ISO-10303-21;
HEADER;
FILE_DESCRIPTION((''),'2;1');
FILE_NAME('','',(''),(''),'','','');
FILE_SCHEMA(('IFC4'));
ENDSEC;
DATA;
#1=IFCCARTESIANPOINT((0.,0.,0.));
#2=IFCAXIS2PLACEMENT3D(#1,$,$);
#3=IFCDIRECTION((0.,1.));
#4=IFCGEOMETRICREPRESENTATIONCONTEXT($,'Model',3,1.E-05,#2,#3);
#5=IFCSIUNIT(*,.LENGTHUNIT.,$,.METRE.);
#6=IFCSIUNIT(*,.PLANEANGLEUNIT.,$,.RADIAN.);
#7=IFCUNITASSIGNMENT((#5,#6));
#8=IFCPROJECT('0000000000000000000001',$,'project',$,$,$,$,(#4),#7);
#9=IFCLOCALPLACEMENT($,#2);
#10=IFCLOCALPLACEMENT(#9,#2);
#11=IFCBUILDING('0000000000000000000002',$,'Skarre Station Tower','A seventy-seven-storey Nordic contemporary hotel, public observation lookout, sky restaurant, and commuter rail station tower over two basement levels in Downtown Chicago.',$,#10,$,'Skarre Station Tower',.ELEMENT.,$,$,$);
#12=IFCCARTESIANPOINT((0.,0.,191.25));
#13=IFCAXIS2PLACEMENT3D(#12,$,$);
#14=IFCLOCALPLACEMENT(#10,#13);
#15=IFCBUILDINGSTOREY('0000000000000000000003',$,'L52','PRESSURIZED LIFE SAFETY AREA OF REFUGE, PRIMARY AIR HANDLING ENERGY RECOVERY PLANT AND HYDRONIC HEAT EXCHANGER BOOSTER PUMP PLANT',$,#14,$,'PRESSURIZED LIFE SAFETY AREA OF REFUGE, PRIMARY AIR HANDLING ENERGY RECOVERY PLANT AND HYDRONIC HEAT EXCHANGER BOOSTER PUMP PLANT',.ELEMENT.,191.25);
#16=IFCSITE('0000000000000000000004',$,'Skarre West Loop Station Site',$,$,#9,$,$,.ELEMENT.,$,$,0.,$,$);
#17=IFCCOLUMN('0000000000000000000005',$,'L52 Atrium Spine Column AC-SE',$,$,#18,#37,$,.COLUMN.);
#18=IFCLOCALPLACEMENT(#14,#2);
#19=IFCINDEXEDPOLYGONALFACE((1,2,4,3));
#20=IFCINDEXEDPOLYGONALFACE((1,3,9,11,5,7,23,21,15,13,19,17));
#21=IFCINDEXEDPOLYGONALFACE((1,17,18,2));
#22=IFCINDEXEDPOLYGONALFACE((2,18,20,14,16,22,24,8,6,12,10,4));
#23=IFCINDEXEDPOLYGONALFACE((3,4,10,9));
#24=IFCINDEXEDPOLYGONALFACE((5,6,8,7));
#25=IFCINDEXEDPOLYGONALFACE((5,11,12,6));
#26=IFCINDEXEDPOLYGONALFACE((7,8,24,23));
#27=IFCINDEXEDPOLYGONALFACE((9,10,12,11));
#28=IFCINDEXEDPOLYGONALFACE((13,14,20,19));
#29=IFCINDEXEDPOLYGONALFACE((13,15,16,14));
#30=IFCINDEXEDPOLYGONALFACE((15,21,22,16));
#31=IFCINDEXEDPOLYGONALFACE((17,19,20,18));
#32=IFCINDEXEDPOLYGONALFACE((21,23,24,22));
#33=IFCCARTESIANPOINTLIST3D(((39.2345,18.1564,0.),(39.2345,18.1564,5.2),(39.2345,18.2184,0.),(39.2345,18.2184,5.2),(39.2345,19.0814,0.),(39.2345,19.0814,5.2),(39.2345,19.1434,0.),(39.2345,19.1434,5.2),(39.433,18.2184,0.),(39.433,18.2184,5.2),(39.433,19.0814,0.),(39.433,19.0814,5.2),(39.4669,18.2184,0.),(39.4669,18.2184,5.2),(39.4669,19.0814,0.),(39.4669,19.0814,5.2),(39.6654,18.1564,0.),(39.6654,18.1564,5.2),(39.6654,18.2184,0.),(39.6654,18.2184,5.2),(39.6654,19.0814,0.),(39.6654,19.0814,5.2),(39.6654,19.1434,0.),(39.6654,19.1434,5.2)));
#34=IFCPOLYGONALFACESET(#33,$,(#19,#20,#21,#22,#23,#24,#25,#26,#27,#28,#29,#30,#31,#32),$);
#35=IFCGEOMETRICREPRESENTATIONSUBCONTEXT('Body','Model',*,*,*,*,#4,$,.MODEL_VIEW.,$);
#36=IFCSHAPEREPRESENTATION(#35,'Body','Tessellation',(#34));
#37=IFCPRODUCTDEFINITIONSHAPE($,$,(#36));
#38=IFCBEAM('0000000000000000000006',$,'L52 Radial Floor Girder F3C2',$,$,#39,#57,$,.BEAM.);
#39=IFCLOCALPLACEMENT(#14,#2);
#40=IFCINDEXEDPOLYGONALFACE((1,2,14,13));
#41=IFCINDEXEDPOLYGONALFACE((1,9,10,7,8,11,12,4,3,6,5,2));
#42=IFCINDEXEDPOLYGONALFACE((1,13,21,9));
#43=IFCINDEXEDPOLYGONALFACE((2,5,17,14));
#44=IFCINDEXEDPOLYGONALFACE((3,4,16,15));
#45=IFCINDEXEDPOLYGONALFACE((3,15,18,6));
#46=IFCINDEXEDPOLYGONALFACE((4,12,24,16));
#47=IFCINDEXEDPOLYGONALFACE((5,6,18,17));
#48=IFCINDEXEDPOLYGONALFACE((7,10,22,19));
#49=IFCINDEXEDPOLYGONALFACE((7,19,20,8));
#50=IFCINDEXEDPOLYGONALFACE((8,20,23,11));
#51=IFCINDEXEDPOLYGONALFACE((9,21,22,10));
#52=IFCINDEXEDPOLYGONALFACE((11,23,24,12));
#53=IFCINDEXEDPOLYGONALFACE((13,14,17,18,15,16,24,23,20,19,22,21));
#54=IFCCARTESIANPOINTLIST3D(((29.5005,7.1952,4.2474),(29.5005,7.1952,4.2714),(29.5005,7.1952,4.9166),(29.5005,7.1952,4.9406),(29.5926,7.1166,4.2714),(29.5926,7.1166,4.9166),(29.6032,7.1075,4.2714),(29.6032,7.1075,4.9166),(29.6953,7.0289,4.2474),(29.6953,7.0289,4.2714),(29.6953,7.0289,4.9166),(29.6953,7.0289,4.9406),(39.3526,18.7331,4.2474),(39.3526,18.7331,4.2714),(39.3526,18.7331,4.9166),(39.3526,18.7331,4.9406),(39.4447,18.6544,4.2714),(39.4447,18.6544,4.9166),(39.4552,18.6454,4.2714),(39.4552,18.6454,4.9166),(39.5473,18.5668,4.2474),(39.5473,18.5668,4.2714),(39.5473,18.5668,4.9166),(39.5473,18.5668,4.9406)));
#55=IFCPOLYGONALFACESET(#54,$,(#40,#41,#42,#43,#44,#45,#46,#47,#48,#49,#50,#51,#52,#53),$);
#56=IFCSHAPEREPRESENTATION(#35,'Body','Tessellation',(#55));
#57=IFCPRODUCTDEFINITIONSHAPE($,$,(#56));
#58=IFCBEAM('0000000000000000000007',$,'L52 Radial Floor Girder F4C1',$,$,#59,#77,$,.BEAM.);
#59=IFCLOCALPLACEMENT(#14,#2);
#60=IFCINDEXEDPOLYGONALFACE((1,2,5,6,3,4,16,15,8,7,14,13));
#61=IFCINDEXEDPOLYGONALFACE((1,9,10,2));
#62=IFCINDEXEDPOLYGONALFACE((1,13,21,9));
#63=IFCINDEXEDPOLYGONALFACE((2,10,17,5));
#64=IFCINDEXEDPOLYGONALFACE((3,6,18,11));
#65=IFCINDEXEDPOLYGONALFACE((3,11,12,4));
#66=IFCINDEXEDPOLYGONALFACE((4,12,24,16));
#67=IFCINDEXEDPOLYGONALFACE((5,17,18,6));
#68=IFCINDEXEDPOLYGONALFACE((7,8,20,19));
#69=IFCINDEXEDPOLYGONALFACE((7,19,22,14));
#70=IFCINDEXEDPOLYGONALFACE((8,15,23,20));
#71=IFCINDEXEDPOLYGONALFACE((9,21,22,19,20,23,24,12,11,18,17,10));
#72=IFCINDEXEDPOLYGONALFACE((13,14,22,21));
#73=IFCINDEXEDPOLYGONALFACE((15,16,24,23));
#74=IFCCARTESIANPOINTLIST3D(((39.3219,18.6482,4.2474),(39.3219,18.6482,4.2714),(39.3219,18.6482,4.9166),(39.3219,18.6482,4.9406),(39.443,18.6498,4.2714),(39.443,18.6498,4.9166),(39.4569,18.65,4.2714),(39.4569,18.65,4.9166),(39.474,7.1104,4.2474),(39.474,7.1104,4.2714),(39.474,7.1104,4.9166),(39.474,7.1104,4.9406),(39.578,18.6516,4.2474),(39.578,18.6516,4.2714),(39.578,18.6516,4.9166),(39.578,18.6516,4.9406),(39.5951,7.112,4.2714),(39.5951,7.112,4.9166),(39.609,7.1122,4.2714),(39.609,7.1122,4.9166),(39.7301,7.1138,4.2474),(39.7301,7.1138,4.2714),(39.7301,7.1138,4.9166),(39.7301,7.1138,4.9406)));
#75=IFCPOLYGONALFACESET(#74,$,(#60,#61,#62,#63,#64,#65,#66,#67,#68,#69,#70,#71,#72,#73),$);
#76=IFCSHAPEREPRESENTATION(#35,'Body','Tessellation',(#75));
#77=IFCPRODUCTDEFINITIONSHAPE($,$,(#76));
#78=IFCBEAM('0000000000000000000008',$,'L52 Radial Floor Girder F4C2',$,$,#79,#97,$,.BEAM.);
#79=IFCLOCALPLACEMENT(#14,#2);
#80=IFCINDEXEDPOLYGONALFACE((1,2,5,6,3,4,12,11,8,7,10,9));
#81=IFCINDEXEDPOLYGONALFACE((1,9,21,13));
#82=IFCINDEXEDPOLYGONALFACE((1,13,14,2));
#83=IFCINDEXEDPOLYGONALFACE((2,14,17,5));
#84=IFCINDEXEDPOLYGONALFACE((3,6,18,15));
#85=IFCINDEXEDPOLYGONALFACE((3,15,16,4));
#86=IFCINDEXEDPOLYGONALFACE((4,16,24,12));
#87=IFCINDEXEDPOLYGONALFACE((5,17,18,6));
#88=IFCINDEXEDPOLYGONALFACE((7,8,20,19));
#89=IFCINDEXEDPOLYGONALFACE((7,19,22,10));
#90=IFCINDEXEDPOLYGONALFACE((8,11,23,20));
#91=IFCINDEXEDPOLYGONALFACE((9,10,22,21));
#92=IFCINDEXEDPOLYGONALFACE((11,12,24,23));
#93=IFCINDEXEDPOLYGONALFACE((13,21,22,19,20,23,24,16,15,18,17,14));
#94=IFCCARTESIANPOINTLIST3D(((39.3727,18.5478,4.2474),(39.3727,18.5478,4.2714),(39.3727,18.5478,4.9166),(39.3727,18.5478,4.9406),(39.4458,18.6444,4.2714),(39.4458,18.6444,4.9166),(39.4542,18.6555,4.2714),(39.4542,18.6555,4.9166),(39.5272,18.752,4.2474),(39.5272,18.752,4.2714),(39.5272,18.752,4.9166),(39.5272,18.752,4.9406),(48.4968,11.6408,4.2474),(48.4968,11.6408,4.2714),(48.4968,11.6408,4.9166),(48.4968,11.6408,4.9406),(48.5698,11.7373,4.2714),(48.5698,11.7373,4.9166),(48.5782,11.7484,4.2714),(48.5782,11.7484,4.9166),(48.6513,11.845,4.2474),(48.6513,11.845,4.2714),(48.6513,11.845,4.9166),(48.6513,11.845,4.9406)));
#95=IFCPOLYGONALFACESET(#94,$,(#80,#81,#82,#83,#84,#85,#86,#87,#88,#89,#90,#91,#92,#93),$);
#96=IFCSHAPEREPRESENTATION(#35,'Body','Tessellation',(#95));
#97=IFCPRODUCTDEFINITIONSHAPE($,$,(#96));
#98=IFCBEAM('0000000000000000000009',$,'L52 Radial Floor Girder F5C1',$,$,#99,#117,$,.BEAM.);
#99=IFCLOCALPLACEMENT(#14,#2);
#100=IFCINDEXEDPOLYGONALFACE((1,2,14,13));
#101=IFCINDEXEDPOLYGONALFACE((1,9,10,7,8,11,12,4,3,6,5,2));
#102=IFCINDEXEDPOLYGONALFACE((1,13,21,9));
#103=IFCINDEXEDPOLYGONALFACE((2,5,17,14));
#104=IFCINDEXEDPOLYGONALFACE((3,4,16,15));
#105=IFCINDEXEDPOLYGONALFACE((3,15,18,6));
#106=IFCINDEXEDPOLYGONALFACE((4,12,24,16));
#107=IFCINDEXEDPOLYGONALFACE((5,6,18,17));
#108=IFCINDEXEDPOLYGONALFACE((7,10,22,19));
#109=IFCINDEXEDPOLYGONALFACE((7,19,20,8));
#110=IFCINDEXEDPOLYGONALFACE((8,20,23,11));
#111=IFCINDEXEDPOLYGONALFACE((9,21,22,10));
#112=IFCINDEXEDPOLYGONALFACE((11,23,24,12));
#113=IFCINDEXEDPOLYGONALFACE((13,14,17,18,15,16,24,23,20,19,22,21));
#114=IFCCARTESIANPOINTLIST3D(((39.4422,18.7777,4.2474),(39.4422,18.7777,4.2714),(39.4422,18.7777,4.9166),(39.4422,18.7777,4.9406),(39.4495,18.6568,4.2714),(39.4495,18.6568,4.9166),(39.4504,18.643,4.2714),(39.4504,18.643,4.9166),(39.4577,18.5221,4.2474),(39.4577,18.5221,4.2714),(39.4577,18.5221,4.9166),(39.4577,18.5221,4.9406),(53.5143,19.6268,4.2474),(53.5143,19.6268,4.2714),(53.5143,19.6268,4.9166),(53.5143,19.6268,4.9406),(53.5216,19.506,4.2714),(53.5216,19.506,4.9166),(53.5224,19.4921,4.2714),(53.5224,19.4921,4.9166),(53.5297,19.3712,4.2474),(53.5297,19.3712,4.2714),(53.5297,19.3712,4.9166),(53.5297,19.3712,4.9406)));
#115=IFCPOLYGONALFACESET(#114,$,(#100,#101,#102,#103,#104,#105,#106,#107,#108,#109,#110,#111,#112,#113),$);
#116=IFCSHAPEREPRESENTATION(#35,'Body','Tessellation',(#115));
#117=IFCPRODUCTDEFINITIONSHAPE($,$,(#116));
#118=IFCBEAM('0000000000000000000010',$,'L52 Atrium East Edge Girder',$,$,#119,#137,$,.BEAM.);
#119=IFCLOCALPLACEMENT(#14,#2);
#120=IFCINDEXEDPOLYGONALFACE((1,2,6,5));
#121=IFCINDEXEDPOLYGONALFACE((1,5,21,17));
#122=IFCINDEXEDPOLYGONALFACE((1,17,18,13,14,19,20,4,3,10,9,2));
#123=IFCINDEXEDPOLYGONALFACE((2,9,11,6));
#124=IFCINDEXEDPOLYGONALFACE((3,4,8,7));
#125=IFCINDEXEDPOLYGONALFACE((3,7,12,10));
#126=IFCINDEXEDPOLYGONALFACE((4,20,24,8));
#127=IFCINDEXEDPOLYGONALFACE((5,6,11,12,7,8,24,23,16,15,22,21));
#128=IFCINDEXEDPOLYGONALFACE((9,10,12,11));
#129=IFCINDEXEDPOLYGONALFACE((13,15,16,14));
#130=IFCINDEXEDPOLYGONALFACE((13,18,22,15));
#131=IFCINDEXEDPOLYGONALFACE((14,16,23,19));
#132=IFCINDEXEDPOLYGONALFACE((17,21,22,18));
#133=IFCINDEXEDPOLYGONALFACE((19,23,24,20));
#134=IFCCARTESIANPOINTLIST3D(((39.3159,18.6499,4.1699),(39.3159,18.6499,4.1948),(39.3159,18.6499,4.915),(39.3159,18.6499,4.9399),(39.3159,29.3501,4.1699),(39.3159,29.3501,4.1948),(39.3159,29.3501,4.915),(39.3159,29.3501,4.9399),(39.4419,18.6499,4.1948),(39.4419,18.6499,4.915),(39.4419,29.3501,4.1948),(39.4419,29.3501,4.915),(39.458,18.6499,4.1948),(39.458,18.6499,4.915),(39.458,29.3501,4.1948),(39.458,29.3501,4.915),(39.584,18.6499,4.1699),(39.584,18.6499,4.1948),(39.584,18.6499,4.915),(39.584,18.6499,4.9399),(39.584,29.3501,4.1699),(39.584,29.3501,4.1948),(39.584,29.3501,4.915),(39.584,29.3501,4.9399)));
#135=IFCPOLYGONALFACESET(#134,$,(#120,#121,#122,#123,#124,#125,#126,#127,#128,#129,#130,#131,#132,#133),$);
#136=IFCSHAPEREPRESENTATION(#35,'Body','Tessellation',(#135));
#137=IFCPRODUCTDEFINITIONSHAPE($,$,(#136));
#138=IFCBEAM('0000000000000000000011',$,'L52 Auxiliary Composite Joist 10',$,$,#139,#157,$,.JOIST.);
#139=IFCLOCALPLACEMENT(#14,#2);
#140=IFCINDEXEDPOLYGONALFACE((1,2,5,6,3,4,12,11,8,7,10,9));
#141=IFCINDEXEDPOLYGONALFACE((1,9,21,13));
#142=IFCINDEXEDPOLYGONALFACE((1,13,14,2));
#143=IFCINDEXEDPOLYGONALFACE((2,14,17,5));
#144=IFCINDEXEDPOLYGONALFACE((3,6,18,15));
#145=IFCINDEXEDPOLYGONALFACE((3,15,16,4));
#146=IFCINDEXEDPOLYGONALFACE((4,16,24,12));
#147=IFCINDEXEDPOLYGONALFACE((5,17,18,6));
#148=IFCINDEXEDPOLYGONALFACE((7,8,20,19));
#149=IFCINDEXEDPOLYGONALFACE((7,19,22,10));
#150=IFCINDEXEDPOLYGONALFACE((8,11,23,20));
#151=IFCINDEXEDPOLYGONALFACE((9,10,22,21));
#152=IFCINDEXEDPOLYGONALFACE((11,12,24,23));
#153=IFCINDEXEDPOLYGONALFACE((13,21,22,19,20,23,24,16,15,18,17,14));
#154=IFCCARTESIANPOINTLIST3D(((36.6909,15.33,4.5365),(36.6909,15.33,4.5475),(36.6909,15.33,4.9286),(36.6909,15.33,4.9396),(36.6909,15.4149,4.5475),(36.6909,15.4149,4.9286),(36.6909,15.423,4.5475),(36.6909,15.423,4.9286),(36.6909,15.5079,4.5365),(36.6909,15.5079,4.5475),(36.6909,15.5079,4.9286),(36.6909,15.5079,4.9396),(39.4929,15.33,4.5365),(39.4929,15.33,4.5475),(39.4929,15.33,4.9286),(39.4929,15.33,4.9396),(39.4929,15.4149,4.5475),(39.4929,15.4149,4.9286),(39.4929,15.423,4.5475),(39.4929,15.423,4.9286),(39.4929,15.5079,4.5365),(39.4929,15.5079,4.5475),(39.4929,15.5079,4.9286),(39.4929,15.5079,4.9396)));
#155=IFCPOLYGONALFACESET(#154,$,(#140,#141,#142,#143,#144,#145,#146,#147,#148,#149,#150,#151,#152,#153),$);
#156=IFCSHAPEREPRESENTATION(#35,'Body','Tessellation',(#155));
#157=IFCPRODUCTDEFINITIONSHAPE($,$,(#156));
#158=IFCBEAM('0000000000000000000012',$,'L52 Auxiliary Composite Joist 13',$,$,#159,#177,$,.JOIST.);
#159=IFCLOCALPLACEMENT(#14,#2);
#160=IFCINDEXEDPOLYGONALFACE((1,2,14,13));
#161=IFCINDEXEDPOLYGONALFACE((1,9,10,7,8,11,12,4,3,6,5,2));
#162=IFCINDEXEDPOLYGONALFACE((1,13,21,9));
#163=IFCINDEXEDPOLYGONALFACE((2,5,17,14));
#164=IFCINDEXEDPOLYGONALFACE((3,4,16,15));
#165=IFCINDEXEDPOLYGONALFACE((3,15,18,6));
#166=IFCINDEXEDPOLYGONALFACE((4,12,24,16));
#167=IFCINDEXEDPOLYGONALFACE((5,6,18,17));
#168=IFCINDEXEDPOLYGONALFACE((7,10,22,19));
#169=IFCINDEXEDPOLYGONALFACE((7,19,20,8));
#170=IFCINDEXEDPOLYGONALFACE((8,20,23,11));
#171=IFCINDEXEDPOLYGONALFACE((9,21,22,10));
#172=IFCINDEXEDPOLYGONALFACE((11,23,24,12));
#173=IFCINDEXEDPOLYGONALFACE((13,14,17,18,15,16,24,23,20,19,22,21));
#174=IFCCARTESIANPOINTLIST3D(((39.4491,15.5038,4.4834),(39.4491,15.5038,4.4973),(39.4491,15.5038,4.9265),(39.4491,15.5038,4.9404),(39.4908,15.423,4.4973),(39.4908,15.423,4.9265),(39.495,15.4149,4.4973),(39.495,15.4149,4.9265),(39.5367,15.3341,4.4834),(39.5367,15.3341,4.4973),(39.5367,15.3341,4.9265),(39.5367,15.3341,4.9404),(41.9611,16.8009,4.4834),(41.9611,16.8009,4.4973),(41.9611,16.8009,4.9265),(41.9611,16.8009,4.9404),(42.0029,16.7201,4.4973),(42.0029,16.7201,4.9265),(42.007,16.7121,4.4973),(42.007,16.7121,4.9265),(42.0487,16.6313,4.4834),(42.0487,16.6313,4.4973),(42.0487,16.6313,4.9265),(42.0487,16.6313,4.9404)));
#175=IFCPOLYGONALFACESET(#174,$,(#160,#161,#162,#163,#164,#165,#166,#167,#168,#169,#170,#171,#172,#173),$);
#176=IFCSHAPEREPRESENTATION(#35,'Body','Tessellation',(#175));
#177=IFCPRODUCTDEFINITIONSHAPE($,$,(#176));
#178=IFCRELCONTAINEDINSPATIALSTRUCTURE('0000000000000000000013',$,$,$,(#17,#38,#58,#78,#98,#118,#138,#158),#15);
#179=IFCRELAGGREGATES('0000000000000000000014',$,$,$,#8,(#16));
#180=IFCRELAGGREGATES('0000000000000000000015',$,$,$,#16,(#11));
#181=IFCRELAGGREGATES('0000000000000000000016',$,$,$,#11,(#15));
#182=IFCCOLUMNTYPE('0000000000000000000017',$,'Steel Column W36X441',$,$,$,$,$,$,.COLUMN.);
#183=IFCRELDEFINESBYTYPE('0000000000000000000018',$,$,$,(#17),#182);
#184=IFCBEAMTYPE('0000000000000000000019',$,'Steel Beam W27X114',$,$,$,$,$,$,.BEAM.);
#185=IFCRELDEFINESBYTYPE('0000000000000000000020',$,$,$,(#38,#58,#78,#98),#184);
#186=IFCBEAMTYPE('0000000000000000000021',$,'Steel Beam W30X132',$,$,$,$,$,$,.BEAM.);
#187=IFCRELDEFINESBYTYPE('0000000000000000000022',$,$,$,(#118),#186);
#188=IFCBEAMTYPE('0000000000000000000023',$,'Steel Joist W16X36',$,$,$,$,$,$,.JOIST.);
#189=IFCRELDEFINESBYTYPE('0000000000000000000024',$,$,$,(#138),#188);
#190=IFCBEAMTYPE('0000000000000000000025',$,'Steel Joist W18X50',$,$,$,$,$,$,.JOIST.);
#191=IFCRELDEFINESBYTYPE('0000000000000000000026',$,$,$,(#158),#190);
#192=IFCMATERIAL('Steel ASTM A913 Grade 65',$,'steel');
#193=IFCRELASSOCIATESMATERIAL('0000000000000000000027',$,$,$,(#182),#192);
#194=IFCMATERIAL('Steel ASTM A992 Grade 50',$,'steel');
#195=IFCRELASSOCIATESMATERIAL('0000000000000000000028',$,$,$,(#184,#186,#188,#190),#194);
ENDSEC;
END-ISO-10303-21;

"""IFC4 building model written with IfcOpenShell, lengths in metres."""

from ifc_helpers import new_model, si_unit, direction, frame, origin, origin_2d, place, context, subcontext, project, spatial, i_section, extrude, material, material_profile, profile_set, type_object, element, save


model = new_model("IFC4")

# Units and contexts
model_context = context("Model", 3, precision=1e-05, world=origin(), true_north=direction((0.0, 1.0)))
body_context = subcontext(model_context, "Body", "Model", "MODEL_VIEW")
ifc_project = project(units=[si_unit("LENGTHUNIT", "METRE"), si_unit("PLANEANGLEUNIT", "RADIAN")], contexts=[model_context])

# Site, building, storey
site_placement = place(None, origin())
site = spatial("IfcSite", under=ifc_project, at=site_placement, Name="Skarre West Loop Station Site", CompositionType="ELEMENT", RefElevation=0.0)
building_placement = place(site_placement, origin())
building = spatial("IfcBuilding", under=site, at=building_placement, Name="Skarre Station Tower", Description="A seventy-seven-storey Nordic contemporary hotel, public observation lookout, sky restaurant, and commuter rail station tower over two basement levels in Downtown Chicago.", LongName="Skarre Station Tower", CompositionType="ELEMENT")
storey_placement = place(building_placement, frame((0.0, 0.0, 191.25)))
storey = spatial("IfcBuildingStorey", under=building, at=storey_placement, Name="L52", Description="PRESSURIZED LIFE SAFETY AREA OF REFUGE, PRIMARY AIR HANDLING ENERGY RECOVERY PLANT AND HYDRONIC HEAT EXCHANGER BOOSTER PUMP PLANT", LongName="PRESSURIZED LIFE SAFETY AREA OF REFUGE, PRIMARY AIR HANDLING ENERGY RECOVERY PLANT AND HYDRONIC HEAT EXCHANGER BOOSTER PUMP PLANT", CompositionType="ELEMENT", Elevation=191.25)

# Column
ifc_material_1 = material(Name="Steel ASTM A913 Grade 65", Category="steel")
ifc_material_profile_1 = material_profile(ifc_material_1, i_section(OverallWidth=0.4309, OverallDepth=0.9871, WebThickness=0.0339, FlangeThickness=0.062, at=origin_2d()), Name="Steel ASTM A913 Grade 65")
ifc_profile_set_1 = profile_set([ifc_material_profile_1], Name="Steel ASTM A913 Grade 65")
column_type = type_object("IfcColumnType", Name="Steel Column W36X441", PredefinedType="COLUMN", material=ifc_profile_set_1)
column_placement = place(storey_placement, frame((39.45, 18.6499, 0.0), z_axis=(0.0, 0.0, 1.0), x_axis=(1.0, 0.0, 0.0)))
element("IfcColumn", 1, at=column_placement, inside=storey, type_object=column_type, Name="L52 Atrium Spine Column AC-SE", PredefinedType="COLUMN", context=body_context, shape_type="SweptSolid", body=[
    extrude(i_section(OverallWidth=0.4309, OverallDepth=0.9871, WebThickness=0.0339, FlangeThickness=0.062, at=origin_2d()), origin(), (0.0, 0.0, 1.0), 5.2),
])

# Beams
ifc_material_2 = material(Name="Steel ASTM A992 Grade 50", Category="steel")
ifc_material_profile_2 = material_profile(ifc_material_2, i_section(OverallWidth=0.2561, OverallDepth=0.6931, WebThickness=0.0139, FlangeThickness=0.0239, at=origin_2d()), Name="Steel ASTM A992 Grade 50")
ifc_profile_set_2 = profile_set([ifc_material_profile_2], Name="Steel ASTM A992 Grade 50")
beam_type_1 = type_object("IfcBeamType", Name="Steel Beam W27X114", PredefinedType="BEAM", material=ifc_profile_set_2)
beam_1_placement = place(storey_placement, frame((39.45, 18.6499, 4.594), z_axis=(-0.649364, -0.760477, 0.0), x_axis=(0.760477, -0.649364, 0.0)))
element("IfcBeam", 2, at=beam_1_placement, inside=storey, type_object=beam_type_1, Name="L52 Radial Floor Girder F3C2", PredefinedType="BEAM", context=body_context, shape_type="SweptSolid", body=[
    extrude(i_section(OverallWidth=0.2561, OverallDepth=0.6931, WebThickness=0.0139, FlangeThickness=0.0239, at=origin_2d()), origin(), (0.0, 0.0, 1.0), 15.1719),
])
beam_2_placement = place(storey_placement, frame((39.45, 18.6499, 4.594), z_axis=(0.013182, -0.999913, 0.0), x_axis=(0.999913, 0.013182, 0.0)))
element("IfcBeam", 3, at=beam_2_placement, inside=storey, type_object=beam_type_1, Name="L52 Radial Floor Girder F4C1", PredefinedType="BEAM", context=body_context, shape_type="SweptSolid", body=[
    extrude(i_section(OverallWidth=0.2561, OverallDepth=0.6931, WebThickness=0.0139, FlangeThickness=0.0239, at=origin_2d()), origin(), (0.0, 0.0, 1.0), 11.5388),
])
beam_3_placement = place(storey_placement, frame((39.45, 18.6499, 4.594), z_axis=(0.797309, -0.603571, 0.0), x_axis=(0.603571, 0.797309, 0.0)))
element("IfcBeam", 4, at=beam_3_placement, inside=storey, type_object=beam_type_1, Name="L52 Radial Floor Girder F4C2", PredefinedType="BEAM", context=body_context, shape_type="SweptSolid", body=[
    extrude(i_section(OverallWidth=0.2561, OverallDepth=0.6931, WebThickness=0.0139, FlangeThickness=0.0239, at=origin_2d()), origin(), (0.0, 0.0, 1.0), 11.4436),
])
beam_4_placement = place(storey_placement, frame((39.45, 18.6499, 4.594), z_axis=(0.998184, 0.060232, 0.0), x_axis=(-0.060232, 0.998184, 0.0)))
element("IfcBeam", 5, at=beam_4_placement, inside=storey, type_object=beam_type_1, Name="L52 Radial Floor Girder F5C1", PredefinedType="BEAM", context=body_context, shape_type="SweptSolid", body=[
    extrude(i_section(OverallWidth=0.2561, OverallDepth=0.6931, WebThickness=0.0139, FlangeThickness=0.0239, at=origin_2d()), origin(), (0.0, 0.0, 1.0), 14.0977),
])
ifc_material_profile_3 = material_profile(ifc_material_2, i_section(OverallWidth=0.2681, OverallDepth=0.77, WebThickness=0.0161, FlangeThickness=0.0249, at=origin_2d()), Name="Steel ASTM A992 Grade 50")
ifc_profile_set_3 = profile_set([ifc_material_profile_3], Name="Steel ASTM A992 Grade 50")
beam_type_2 = type_object("IfcBeamType", Name="Steel Beam W30X132", PredefinedType="BEAM", material=ifc_profile_set_3)
beam_5_placement = place(storey_placement, frame((39.45, 18.6499, 4.5549), z_axis=(0.0, 1.0, 0.0), x_axis=(-1.0, 0.0, 0.0)))
element("IfcBeam", 6, at=beam_5_placement, inside=storey, type_object=beam_type_2, Name="L52 Atrium East Edge Girder", PredefinedType="BEAM", context=body_context, shape_type="SweptSolid", body=[
    extrude(i_section(OverallWidth=0.2681, OverallDepth=0.77, WebThickness=0.0161, FlangeThickness=0.0249, at=origin_2d()), origin(), (0.0, 0.0, 1.0), 10.7002),
])
ifc_material_profile_4 = material_profile(ifc_material_2, i_section(OverallWidth=0.178, OverallDepth=0.4031, WebThickness=0.0081, FlangeThickness=0.011, at=origin_2d()), Name="Steel ASTM A992 Grade 50")
ifc_profile_set_4 = profile_set([ifc_material_profile_4], Name="Steel ASTM A992 Grade 50")
beam_type_3 = type_object("IfcBeamType", Name="Steel Joist W16X36", PredefinedType="JOIST", material=ifc_profile_set_4)
beam_6_placement = place(storey_placement, frame((36.6909, 15.4189, 4.738), z_axis=(1.0, 0.0, 0.0), x_axis=(0.0, 1.0, 0.0)))
element("IfcBeam", 7, at=beam_6_placement, inside=storey, type_object=beam_type_3, Name="L52 Auxiliary Composite Joist 10", PredefinedType="JOIST", context=body_context, shape_type="SweptSolid", body=[
    extrude(i_section(OverallWidth=0.178, OverallDepth=0.4031, WebThickness=0.0081, FlangeThickness=0.011, at=origin_2d()), origin(), (0.0, 0.0, 1.0), 2.802),
])
ifc_material_profile_5 = material_profile(ifc_material_2, i_section(OverallWidth=0.1909, OverallDepth=0.457, WebThickness=0.009, FlangeThickness=0.0139, at=origin_2d()), Name="Steel ASTM A992 Grade 50")
ifc_profile_set_5 = profile_set([ifc_material_profile_5], Name="Steel ASTM A992 Grade 50")
beam_type_4 = type_object("IfcBeamType", Name="Steel Joist W18X50", PredefinedType="JOIST", material=ifc_profile_set_5)
beam_7_placement = place(storey_placement, frame((39.4929, 15.4189, 4.7119), z_axis=(0.888531, 0.458817, 0.0), x_axis=(-0.458817, 0.888531, 0.0)))
element("IfcBeam", 8, at=beam_7_placement, inside=storey, type_object=beam_type_4, Name="L52 Auxiliary Composite Joist 13", PredefinedType="JOIST", context=body_context, shape_type="SweptSolid", body=[
    extrude(i_section(OverallWidth=0.1909, OverallDepth=0.457, WebThickness=0.009, FlangeThickness=0.0139, at=origin_2d()), origin(), (0.0, 0.0, 1.0), 2.8271),
])

save(model, "model.ifc")
